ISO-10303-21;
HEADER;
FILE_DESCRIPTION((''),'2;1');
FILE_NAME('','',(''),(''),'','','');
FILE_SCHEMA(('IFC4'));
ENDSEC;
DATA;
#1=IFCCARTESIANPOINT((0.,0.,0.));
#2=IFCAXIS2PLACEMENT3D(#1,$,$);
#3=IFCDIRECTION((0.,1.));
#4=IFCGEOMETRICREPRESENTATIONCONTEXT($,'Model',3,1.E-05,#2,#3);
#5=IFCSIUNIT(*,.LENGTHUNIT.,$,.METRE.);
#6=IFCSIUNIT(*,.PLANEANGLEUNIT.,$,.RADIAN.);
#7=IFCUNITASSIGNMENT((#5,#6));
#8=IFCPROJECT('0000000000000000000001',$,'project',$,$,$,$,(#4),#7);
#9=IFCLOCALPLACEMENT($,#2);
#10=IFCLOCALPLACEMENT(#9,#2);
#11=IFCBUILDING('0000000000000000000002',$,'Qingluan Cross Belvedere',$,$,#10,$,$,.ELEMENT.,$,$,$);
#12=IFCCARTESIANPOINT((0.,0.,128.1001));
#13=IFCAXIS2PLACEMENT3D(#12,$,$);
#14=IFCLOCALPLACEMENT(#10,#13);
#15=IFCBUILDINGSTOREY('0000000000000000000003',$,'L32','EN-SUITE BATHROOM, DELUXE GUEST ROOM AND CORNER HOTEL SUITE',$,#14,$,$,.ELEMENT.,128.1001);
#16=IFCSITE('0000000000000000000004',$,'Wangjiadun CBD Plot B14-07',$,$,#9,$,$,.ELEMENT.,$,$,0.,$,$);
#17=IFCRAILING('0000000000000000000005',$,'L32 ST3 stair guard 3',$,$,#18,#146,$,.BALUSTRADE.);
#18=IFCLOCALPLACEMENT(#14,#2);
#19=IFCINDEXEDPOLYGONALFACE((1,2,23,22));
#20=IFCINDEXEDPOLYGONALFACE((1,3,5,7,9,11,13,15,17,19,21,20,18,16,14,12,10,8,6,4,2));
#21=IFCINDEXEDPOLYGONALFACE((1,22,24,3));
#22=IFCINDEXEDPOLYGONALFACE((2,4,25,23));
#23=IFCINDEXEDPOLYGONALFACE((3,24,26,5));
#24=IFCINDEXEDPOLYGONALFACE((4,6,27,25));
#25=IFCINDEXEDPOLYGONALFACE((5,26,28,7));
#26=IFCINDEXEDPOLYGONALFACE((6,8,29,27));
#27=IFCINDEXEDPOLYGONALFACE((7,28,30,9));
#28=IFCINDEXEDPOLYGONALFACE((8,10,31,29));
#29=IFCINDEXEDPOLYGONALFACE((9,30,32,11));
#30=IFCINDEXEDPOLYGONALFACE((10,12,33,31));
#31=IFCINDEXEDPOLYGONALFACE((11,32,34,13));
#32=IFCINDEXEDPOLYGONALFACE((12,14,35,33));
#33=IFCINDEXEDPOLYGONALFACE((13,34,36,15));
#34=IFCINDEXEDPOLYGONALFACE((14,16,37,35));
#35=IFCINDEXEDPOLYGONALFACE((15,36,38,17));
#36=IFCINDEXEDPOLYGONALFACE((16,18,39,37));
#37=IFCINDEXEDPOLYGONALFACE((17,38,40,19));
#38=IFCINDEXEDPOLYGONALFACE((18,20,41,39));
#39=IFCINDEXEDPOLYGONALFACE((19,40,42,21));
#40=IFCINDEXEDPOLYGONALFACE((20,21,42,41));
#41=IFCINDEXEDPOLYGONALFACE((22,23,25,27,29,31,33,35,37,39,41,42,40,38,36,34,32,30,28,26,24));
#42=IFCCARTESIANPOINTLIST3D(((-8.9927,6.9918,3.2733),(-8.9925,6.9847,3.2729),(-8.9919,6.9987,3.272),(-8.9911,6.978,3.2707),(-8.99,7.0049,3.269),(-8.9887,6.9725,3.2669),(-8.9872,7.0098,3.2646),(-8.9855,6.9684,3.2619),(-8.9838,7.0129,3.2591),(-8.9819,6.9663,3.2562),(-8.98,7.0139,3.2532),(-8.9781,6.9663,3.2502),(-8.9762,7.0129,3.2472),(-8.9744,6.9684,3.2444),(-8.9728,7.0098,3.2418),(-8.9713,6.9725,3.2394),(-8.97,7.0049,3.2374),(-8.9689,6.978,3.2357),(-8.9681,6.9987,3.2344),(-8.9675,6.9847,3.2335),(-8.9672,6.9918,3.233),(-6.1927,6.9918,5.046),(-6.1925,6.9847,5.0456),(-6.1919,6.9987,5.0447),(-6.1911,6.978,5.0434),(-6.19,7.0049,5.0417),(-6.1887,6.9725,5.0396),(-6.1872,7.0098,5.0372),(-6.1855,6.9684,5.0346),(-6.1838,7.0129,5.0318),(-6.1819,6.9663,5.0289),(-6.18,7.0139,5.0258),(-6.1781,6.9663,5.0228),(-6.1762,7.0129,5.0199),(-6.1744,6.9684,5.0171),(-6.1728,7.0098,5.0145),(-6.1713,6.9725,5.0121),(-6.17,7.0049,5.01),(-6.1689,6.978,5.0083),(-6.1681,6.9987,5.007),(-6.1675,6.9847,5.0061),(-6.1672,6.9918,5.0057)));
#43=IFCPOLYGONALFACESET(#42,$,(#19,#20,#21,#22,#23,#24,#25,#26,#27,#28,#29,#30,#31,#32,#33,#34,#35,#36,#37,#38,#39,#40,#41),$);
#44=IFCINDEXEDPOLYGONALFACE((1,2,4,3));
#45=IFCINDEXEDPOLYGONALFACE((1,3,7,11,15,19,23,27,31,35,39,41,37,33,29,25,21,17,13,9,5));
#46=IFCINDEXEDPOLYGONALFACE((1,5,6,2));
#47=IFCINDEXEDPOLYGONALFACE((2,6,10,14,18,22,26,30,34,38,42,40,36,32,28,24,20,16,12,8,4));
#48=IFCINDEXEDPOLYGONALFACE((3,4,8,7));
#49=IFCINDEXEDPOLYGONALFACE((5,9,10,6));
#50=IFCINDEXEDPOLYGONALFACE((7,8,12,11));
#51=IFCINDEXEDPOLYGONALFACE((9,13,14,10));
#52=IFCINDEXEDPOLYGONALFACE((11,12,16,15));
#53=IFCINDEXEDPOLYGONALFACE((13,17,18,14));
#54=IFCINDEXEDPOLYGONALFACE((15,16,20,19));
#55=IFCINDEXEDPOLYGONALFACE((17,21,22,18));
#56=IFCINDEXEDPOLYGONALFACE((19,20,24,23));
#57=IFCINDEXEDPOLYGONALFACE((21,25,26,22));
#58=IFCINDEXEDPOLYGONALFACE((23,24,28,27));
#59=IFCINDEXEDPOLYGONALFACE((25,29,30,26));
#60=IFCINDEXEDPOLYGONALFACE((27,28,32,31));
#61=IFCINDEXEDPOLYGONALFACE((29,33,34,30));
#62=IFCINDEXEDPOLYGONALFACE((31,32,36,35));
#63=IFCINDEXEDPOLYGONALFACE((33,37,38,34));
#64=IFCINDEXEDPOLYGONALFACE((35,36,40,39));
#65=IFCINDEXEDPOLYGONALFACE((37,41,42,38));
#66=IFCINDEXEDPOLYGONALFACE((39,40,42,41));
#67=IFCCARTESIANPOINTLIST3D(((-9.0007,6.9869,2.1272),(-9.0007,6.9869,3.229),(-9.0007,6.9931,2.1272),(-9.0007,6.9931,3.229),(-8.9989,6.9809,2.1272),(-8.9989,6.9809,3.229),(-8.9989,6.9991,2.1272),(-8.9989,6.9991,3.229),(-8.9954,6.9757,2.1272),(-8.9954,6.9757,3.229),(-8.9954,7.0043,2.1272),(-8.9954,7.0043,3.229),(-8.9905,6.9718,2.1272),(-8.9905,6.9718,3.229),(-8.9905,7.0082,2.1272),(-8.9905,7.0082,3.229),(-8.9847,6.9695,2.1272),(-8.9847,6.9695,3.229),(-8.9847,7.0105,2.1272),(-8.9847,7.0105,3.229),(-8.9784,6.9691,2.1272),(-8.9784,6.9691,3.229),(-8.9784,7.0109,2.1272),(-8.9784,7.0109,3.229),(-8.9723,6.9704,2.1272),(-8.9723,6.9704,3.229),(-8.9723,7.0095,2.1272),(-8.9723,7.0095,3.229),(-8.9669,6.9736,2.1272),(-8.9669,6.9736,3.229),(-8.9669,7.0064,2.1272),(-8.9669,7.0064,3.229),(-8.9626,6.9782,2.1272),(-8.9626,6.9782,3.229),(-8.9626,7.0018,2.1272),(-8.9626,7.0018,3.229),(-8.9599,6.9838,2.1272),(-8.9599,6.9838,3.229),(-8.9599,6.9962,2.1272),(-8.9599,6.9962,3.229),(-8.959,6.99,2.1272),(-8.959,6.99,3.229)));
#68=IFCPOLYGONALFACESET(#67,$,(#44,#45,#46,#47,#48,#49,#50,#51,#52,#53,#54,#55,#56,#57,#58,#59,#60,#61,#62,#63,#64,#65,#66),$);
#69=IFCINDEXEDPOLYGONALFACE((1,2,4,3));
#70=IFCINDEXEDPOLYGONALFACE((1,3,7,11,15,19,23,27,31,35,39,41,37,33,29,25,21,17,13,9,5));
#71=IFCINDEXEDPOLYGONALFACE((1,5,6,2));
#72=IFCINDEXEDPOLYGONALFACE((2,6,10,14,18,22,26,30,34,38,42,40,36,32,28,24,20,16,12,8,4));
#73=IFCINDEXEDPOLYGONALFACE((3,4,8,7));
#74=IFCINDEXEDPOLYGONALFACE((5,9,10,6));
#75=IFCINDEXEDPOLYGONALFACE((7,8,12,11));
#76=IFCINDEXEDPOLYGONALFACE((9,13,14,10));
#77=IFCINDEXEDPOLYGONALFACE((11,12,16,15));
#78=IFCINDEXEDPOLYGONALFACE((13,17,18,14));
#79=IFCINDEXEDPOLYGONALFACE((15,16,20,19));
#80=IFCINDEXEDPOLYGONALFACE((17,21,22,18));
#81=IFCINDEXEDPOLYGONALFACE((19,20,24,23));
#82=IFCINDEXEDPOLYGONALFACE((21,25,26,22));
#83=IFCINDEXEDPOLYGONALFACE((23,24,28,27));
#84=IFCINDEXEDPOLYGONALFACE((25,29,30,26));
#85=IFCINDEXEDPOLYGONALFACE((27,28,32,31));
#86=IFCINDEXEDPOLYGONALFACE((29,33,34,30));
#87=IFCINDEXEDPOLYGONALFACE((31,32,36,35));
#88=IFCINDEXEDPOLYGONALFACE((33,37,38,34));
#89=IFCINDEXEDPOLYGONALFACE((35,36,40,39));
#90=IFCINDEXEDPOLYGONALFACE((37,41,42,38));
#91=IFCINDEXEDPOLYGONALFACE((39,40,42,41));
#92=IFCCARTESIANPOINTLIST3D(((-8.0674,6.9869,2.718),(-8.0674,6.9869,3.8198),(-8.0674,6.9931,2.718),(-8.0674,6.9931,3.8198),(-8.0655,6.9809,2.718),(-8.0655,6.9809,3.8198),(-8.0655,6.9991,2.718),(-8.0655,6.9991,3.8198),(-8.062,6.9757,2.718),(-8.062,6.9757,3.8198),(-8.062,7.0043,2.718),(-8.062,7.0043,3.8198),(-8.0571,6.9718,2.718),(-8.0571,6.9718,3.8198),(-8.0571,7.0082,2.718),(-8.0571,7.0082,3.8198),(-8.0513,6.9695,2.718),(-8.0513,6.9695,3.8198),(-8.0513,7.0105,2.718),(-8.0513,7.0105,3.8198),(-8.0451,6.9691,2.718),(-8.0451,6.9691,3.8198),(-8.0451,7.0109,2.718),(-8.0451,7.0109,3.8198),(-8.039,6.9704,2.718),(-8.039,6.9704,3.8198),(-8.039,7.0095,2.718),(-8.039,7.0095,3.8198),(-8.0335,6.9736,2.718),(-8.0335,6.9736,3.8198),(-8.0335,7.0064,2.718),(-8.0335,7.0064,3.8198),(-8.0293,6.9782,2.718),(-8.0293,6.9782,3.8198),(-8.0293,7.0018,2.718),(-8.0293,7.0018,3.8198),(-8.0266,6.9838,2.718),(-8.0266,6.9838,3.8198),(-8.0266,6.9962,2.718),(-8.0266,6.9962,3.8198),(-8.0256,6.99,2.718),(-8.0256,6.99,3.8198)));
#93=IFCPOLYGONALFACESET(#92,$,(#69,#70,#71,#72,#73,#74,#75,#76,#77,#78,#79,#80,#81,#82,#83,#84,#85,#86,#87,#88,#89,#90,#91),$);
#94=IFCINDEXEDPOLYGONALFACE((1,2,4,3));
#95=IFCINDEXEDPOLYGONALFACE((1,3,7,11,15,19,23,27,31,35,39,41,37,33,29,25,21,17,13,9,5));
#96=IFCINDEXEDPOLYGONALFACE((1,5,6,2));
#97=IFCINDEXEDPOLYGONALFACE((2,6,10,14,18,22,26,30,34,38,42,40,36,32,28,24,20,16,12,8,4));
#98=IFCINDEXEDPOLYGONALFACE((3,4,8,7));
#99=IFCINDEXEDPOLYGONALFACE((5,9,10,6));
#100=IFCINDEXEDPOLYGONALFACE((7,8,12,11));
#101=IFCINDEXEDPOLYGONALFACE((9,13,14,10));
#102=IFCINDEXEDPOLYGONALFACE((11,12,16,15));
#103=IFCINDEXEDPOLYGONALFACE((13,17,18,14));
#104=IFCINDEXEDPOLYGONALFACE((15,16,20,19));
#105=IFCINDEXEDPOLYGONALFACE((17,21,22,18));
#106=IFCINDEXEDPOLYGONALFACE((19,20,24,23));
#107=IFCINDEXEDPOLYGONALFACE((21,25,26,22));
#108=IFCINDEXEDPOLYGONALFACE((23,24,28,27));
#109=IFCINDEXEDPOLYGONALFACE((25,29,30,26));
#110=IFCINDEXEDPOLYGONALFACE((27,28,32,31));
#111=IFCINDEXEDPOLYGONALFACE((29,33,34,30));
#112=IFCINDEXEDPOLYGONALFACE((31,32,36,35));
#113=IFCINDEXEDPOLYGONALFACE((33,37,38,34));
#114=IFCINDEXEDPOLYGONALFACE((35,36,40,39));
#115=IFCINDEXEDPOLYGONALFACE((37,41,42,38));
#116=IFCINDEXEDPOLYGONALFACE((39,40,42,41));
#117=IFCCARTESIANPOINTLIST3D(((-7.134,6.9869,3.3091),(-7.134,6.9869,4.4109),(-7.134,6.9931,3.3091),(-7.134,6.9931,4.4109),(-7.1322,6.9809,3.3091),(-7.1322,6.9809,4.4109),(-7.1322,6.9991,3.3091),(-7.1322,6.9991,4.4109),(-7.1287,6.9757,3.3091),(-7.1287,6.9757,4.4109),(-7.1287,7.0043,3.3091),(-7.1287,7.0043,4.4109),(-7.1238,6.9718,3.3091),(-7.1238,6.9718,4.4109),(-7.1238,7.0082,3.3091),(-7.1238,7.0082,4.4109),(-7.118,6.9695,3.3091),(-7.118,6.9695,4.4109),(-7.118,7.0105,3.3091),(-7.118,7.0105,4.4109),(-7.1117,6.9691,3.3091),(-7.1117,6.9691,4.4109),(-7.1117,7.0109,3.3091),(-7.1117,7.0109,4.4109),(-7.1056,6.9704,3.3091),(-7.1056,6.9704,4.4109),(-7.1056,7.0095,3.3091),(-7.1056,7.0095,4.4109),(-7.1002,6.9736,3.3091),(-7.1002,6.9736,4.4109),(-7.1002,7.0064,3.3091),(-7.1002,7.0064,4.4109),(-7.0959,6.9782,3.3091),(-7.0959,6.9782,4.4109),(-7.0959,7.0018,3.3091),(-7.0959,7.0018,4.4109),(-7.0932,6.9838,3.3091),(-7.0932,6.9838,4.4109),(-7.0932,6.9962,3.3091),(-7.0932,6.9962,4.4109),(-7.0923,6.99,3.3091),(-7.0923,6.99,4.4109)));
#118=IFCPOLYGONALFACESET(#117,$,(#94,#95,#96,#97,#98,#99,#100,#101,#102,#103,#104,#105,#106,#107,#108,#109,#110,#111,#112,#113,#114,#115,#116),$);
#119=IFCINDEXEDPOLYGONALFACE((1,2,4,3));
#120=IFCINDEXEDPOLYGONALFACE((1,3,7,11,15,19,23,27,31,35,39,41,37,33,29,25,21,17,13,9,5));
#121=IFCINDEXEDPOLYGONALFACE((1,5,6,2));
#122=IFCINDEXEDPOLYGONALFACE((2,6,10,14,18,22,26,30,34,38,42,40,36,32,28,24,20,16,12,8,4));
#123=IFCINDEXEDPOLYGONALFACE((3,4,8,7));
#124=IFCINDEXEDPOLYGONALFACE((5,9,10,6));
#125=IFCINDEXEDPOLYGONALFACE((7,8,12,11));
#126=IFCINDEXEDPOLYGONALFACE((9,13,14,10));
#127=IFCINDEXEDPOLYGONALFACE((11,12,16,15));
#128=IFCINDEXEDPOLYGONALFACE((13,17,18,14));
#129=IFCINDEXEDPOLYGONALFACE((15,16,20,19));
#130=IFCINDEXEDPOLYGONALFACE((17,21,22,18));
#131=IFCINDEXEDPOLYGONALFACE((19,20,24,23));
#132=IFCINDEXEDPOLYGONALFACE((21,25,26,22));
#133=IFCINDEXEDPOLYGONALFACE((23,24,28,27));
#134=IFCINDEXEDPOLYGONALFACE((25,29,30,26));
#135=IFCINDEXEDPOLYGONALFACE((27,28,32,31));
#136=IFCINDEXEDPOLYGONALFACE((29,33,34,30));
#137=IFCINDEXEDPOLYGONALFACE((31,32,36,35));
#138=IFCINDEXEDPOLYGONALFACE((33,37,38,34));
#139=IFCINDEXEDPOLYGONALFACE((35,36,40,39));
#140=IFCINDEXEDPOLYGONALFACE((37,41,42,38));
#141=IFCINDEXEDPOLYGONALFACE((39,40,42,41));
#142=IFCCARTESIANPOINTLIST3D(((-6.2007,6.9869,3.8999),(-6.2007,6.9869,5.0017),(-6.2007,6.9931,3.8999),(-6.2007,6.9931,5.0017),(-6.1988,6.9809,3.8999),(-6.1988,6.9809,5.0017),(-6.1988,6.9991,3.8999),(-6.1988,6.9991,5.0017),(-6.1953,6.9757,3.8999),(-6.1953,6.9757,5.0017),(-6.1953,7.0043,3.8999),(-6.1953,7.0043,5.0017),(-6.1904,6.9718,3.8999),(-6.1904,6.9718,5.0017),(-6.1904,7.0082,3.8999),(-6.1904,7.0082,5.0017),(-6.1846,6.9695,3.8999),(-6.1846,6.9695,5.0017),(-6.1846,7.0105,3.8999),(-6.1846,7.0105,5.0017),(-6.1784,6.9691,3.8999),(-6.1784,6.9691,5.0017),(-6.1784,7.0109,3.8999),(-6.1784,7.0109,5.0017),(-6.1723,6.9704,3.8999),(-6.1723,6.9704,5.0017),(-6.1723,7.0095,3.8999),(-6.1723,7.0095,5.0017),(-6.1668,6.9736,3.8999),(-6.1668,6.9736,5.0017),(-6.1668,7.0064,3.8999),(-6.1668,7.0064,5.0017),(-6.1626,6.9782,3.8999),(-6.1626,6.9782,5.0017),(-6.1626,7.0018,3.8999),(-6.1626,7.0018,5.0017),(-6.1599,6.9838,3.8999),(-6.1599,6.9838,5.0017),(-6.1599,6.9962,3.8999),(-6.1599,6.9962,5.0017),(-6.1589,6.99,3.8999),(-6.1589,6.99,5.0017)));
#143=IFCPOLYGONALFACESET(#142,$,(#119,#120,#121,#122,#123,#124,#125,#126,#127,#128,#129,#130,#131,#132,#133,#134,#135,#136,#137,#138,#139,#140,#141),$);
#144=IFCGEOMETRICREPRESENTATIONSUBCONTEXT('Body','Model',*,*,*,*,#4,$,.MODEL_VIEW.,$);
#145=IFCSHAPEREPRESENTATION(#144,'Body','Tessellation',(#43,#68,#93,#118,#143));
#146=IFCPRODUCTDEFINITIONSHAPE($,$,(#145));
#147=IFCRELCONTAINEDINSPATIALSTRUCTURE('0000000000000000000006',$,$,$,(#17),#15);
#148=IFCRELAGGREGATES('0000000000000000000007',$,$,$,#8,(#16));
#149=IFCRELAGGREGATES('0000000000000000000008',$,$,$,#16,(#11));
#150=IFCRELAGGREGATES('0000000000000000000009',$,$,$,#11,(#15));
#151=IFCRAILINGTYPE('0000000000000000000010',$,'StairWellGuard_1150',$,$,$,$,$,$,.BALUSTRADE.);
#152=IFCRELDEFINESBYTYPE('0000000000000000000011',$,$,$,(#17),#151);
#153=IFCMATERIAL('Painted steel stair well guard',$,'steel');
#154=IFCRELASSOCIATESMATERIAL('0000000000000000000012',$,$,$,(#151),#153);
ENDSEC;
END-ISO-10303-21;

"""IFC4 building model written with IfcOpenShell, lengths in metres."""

from ifc_helpers import new_model, si_unit, direction, frame, origin, origin_2d, place, context, subcontext, project, spatial, circle, extrude, material, type_object, element, save


model = new_model("IFC4")

# Units and contexts
model_context = context("Model", 3, precision=1e-05, world=origin(), true_north=direction((0.0, 1.0)))
body_context = subcontext(model_context, "Body", "Model", "MODEL_VIEW")
ifc_project = project(units=[si_unit("LENGTHUNIT", "METRE"), si_unit("PLANEANGLEUNIT", "RADIAN")], contexts=[model_context])

# Site, building, storey
site_placement = place(None, origin())
site = spatial("IfcSite", under=ifc_project, at=site_placement, Name="Wangjiadun CBD Plot B14-07", CompositionType="ELEMENT", RefElevation=0.0)
building_placement = place(site_placement, origin())
building = spatial("IfcBuilding", under=site, at=building_placement, Name="Qingluan Cross Belvedere", CompositionType="ELEMENT")
storey_placement = place(building_placement, frame((0.0, 0.0, 128.1001)))
storey = spatial("IfcBuildingStorey", under=building, at=storey_placement, Name="L32", Description="EN-SUITE BATHROOM, DELUXE GUEST ROOM AND CORNER HOTEL SUITE", CompositionType="ELEMENT", Elevation=128.1001)

# Railing
ifc_material_1 = material(Name="Painted steel stair well guard", Category="steel")
railing_type_1 = type_object("IfcRailingType", Name="StairWellGuard_1150", PredefinedType="BALUSTRADE", material=ifc_material_1)
railing_1_placement = place(storey_placement, frame((-8.98, 6.99, 2.1272)))
element("IfcRailing", 1, at=railing_1_placement, inside=storey, type_object=railing_type_1, Name="L32 ST3 stair guard 3", PredefinedType="BALUSTRADE", context=body_context, shape_type="SweptSolid", body=[
    extrude(circle(Radius=0.0239, at=origin_2d()), frame((0.0, 0.0, 1.126), z_axis=(0.844909, 0.0, 0.53491), x_axis=(0.0, 1.0, 0.0)), (0.0, 0.0, 1.0), 3.314),
    extrude(circle(Radius=0.021, at=origin_2d()), origin(), (0.0, 0.0, 1.0), 1.1018),
    extrude(circle(Radius=0.021, at=origin_2d()), frame((0.9333, 0.0, 0.5908)), (0.0, 0.0, 1.0), 1.1018),
    extrude(circle(Radius=0.021, at=origin_2d()), frame((1.8667, 0.0, 1.1819)), (0.0, 0.0, 1.0), 1.1018),
    extrude(circle(Radius=0.021, at=origin_2d()), frame((2.8, 0.0, 1.7727)), (0.0, 0.0, 1.0), 1.1018),
])

save(model, "model.ifc")
